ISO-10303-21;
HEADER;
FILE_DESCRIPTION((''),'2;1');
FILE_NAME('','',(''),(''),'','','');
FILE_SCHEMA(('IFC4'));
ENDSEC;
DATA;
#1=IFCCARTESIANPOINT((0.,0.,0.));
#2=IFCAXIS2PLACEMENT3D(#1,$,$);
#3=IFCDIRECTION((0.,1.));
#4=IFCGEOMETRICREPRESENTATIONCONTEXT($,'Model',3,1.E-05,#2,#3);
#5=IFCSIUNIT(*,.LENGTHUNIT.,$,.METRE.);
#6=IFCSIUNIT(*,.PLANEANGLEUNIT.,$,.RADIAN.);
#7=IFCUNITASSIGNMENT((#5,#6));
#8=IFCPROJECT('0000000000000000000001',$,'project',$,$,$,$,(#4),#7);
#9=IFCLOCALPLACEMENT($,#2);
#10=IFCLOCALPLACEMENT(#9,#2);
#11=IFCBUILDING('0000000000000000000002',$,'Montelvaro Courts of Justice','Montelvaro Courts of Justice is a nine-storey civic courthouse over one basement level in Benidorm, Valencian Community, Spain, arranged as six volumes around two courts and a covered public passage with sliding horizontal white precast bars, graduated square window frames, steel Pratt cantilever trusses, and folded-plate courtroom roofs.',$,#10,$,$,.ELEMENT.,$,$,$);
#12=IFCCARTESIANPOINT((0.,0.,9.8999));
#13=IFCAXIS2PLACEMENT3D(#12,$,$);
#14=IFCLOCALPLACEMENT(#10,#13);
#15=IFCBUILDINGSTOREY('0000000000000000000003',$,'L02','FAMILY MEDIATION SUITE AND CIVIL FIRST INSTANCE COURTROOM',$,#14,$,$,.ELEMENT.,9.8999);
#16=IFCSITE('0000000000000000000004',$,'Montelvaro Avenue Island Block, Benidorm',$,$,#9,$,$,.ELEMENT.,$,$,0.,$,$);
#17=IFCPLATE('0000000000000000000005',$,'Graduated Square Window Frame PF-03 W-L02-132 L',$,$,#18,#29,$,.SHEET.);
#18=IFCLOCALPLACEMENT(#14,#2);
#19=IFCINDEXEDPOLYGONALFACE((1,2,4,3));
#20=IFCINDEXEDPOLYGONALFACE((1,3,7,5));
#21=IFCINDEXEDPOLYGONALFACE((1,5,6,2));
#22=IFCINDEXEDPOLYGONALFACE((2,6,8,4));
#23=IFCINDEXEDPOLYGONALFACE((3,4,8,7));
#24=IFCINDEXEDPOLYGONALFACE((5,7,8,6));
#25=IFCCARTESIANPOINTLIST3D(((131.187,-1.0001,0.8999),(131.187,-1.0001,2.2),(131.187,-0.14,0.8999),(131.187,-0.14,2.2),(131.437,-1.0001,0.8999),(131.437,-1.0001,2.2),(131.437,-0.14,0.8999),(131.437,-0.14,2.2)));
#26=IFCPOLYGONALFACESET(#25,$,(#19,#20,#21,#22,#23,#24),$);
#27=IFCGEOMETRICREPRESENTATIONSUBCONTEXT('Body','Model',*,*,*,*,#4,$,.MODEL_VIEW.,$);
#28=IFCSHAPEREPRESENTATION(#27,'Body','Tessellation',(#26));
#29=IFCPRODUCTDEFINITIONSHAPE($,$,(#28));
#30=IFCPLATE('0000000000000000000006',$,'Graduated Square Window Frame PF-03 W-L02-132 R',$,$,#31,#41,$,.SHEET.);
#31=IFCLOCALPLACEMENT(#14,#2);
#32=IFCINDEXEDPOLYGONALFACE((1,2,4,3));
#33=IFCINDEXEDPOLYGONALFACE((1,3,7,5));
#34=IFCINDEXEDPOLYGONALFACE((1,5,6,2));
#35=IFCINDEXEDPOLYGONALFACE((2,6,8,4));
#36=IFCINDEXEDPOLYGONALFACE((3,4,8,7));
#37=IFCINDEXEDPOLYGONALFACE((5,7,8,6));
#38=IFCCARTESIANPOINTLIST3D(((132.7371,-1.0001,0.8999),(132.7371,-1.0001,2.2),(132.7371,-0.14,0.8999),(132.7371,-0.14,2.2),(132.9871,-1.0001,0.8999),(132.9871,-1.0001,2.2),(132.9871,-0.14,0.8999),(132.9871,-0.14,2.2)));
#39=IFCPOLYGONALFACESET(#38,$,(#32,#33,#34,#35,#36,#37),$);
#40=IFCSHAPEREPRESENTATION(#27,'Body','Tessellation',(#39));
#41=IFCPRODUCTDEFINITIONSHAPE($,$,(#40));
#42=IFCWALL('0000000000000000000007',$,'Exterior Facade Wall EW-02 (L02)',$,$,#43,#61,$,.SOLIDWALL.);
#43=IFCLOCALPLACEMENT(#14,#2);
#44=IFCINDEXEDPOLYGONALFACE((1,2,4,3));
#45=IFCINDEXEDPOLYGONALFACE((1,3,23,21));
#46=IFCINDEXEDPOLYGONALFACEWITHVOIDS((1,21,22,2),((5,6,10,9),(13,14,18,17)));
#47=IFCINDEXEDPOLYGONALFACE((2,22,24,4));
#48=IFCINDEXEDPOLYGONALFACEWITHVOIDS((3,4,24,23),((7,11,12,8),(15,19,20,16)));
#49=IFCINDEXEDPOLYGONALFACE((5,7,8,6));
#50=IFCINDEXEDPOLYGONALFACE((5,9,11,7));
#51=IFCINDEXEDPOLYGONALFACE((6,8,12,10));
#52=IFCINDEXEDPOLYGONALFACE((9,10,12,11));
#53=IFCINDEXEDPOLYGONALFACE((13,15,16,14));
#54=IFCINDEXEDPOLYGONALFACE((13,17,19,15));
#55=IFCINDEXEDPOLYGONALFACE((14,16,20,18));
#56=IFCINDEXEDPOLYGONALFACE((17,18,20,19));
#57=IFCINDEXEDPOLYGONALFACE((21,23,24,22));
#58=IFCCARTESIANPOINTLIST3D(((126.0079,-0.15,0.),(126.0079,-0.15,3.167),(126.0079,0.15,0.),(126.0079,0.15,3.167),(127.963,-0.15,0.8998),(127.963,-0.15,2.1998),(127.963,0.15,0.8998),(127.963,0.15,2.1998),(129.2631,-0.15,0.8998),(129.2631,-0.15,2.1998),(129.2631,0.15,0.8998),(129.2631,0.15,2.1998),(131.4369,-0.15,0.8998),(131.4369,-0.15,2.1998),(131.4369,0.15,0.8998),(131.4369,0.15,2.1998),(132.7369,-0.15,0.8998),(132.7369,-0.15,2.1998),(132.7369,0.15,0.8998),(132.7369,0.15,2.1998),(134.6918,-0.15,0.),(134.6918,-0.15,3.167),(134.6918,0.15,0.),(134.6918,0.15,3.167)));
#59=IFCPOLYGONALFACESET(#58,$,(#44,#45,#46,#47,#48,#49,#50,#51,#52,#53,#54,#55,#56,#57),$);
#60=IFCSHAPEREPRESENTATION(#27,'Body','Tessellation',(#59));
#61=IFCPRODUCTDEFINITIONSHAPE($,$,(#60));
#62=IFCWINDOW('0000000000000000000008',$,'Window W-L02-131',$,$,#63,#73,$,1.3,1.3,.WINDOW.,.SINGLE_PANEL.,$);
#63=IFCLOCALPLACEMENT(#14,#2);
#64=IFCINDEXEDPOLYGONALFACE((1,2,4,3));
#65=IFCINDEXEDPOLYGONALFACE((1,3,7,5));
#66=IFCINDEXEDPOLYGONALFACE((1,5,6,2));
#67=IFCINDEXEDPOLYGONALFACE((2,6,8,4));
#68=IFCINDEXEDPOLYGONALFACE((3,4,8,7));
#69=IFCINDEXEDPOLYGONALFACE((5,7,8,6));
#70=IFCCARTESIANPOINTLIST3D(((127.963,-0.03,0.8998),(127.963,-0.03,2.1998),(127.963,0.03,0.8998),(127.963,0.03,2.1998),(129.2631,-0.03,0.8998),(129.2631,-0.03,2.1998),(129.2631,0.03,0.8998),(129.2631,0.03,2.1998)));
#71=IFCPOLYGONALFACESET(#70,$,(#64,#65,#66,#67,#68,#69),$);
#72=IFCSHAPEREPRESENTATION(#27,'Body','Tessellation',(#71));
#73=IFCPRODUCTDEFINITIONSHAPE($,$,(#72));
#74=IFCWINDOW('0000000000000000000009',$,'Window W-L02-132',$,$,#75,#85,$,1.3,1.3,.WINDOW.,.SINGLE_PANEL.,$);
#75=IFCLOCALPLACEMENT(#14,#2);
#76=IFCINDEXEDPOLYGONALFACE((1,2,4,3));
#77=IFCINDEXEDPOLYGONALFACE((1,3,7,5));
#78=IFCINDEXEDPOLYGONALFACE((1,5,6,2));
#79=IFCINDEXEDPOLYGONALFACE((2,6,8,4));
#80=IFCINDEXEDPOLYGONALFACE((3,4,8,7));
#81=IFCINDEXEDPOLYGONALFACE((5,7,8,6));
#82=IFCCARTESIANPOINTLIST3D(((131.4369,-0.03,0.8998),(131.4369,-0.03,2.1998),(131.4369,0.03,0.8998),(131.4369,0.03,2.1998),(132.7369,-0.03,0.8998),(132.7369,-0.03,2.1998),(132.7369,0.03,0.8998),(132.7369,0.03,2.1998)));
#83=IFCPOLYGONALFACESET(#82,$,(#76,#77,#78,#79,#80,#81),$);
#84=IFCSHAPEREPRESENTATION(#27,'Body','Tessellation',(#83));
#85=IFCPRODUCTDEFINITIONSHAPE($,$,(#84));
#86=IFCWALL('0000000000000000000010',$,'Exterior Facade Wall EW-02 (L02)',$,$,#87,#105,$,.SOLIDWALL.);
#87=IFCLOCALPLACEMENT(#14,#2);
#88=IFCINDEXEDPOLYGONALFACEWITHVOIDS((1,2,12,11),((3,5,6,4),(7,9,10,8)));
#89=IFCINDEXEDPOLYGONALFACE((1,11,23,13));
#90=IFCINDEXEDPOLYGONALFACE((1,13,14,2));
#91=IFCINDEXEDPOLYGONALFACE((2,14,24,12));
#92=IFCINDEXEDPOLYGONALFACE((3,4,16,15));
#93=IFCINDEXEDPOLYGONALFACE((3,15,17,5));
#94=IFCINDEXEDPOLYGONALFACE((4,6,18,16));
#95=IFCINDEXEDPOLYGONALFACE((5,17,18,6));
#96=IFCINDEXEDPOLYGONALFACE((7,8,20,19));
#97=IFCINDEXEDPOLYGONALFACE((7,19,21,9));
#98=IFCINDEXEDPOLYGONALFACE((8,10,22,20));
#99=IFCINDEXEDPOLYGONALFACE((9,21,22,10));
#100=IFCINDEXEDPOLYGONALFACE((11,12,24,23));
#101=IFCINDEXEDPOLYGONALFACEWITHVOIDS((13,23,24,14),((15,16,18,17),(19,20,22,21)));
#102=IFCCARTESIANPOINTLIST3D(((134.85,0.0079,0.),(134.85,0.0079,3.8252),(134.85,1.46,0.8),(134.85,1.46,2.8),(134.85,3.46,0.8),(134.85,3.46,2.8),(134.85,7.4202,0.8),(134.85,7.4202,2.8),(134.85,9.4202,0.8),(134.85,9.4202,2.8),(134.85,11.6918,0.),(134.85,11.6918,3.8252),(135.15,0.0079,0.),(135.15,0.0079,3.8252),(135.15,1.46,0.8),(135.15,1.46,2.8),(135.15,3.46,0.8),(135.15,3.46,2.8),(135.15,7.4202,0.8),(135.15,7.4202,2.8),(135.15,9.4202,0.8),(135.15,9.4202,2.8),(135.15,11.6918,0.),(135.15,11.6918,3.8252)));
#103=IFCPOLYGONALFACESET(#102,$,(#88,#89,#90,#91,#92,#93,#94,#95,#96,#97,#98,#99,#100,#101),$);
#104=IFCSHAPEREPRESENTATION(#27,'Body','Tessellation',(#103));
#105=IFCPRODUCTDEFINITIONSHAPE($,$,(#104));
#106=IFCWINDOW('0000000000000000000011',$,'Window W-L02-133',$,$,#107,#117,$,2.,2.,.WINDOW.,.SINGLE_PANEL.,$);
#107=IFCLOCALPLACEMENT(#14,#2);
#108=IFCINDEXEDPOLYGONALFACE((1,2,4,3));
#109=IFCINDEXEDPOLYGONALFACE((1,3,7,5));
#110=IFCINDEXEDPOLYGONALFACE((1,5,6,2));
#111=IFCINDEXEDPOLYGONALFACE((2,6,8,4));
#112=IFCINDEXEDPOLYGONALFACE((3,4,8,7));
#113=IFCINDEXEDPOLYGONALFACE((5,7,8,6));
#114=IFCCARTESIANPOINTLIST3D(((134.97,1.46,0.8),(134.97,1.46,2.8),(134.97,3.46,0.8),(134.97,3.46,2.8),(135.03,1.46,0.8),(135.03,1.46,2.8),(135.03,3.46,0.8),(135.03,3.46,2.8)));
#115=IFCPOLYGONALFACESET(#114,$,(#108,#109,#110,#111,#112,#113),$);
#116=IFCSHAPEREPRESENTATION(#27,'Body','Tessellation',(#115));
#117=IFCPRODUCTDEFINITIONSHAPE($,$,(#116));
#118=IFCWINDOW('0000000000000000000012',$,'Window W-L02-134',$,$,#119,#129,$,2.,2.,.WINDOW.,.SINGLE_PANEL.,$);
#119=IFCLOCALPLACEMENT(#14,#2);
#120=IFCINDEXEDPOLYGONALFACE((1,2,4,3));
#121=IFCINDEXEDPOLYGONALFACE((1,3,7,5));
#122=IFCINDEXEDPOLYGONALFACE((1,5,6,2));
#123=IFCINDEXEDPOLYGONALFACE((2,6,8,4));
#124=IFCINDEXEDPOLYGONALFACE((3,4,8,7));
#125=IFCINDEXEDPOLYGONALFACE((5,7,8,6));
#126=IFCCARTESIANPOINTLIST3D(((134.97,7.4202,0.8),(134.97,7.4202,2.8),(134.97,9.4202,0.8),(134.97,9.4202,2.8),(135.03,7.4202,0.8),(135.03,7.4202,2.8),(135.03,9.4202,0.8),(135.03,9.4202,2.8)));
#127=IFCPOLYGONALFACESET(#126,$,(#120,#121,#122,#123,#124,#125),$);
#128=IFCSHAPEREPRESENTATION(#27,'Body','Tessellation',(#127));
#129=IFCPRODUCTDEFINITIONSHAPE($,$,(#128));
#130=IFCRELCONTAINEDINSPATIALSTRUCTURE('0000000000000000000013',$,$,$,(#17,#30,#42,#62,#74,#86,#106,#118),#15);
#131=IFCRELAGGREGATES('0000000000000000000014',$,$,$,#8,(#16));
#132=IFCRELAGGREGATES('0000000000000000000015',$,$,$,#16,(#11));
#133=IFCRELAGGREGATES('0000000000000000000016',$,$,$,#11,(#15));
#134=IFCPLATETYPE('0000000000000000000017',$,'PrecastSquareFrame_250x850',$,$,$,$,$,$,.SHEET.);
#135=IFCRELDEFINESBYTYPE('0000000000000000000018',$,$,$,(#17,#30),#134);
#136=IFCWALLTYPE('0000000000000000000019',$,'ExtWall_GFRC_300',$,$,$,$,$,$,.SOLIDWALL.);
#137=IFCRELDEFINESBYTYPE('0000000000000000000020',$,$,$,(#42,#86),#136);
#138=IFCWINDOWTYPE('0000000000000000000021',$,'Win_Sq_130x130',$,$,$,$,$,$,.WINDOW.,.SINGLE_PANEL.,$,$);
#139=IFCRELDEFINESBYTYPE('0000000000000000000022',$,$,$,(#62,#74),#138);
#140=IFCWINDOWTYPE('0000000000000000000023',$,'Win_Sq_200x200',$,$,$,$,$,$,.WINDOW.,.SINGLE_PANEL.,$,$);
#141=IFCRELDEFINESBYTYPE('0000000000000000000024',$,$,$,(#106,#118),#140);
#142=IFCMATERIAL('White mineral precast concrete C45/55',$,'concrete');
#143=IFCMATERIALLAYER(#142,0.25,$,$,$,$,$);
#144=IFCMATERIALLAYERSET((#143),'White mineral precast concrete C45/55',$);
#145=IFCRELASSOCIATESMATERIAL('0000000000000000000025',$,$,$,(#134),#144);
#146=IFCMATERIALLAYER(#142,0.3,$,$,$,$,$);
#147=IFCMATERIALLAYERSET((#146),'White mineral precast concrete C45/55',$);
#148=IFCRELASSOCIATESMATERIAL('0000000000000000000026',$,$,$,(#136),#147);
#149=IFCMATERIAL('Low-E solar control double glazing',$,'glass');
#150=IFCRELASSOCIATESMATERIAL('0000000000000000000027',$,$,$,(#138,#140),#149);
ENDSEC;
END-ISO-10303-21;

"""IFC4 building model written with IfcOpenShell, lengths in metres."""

from ifc_helpers import new_model, si_unit, direction, frame, frame_2d, origin, origin_2d, place, context, subcontext, project, spatial, rectangle, extrude, material, layer, layer_set, type_object, element, fill, save


model = new_model("IFC4")

# Units and contexts
model_context = context("Model", 3, precision=1e-05, world=origin(), true_north=direction((0.0, 1.0)))
body_context = subcontext(model_context, "Body", "Model", "MODEL_VIEW")
ifc_project = project(units=[si_unit("LENGTHUNIT", "METRE"), si_unit("PLANEANGLEUNIT", "RADIAN")], contexts=[model_context])

# Site, building, storey
site_placement = place(None, origin())
site = spatial("IfcSite", under=ifc_project, at=site_placement, Name="Montelvaro Avenue Island Block, Benidorm", CompositionType="ELEMENT", RefElevation=0.0)
building_placement = place(site_placement, origin())
building = spatial("IfcBuilding", under=site, at=building_placement, Name="Montelvaro Courts of Justice", Description="Montelvaro Courts of Justice is a nine-storey civic courthouse over one basement level in Benidorm, Valencian Community, Spain, arranged as six volumes around two courts and a covered public passage with sliding horizontal white precast bars, graduated square window frames, steel Pratt cantilever trusses, and folded-plate courtroom roofs.", CompositionType="ELEMENT")
storey_placement = place(building_placement, frame((0.0, 0.0, 9.8999)))
storey = spatial("IfcBuildingStorey", under=building, at=storey_placement, Name="L02", Description="FAMILY MEDIATION SUITE AND CIVIL FIRST INSTANCE COURTROOM", CompositionType="ELEMENT", Elevation=9.8999)

# Plates
ifc_material_1 = material(Name="White mineral precast concrete C45/55", Category="concrete")
ifc_layer_1 = layer(ifc_material_1, 0.25)
ifc_layer_set_1 = layer_set([ifc_layer_1], Name="White mineral precast concrete C45/55")
plate_type = type_object("IfcPlateType", Name="PrecastSquareFrame_250x850", PredefinedType="SHEET", material=ifc_layer_set_1)
for number, where, z_axis, x_axis, name in (
    (1, (131.312, -0.5701, 0.8999), (0.0, 0.0, 1.0), (1.0, 0.0, 0.0), "Graduated Square Window Frame PF-03 W-L02-132 L"),
    (2, (132.8621, -0.5701, 0.8999), (0.0, 0.0, 1.0), (1.0, 0.0, 0.0), "Graduated Square Window Frame PF-03 W-L02-132 R"),
):
    element("IfcPlate", number, at=place(storey_placement, frame(where, z_axis=z_axis, x_axis=x_axis)), inside=storey, type_object=plate_type, Name=name, PredefinedType="SHEET", context=body_context, shape_type="SweptSolid", body=[
        extrude(rectangle(XDim=0.25, YDim=0.8601, at=origin_2d()), origin(), (0.0, 0.0, 1.0), 1.3),
    ])

# Walls, openings, windows
ifc_layer_2 = layer(ifc_material_1, 0.3)
ifc_layer_set_2 = layer_set([ifc_layer_2], Name="White mineral precast concrete C45/55")
wall_type = type_object("IfcWallType", Name="ExtWall_GFRC_300", PredefinedType="SOLIDWALL", material=ifc_layer_set_2)
wall_1_placement = place(storey_placement, frame((126.0081, 0.0, 0.0), z_axis=(0.0, 0.0, 1.0), x_axis=(1.0, 0.0, 0.0)))
wall_1 = element("IfcWall", 3, at=wall_1_placement, inside=storey, type_object=wall_type, Name="Exterior Facade Wall EW-02 (L02)", PredefinedType="SOLIDWALL", context=body_context, shape_type="SweptSolid", body=[
    extrude(rectangle(XDim=8.6838, YDim=0.3, at=frame_2d((4.3418, 0.0))), origin(), (0.0, 0.0, 1.0), 3.167),
])
opening_1_placement = place(wall_1_placement, frame((1.9551, 0.0, 0.8999)))
opening_1 = element("IfcOpeningElement", 4, at=opening_1_placement, cuts=wall_1, PredefinedType="OPENING", context=body_context, shape_type="SweptSolid", body=[
    extrude(rectangle(XDim=1.3, YDim=1.3, at=frame_2d((0.6499, 0.6499))), frame((0.0, 0.165, 0.0), z_axis=(0.0, -1.0, 0.0), x_axis=(1.0, 0.0, 0.0)), (0.0, 0.0, 1.0), 0.3298),
])
opening_2_placement = place(wall_1_placement, frame((5.429, 0.0, 0.8999)))
opening_2 = element("IfcOpeningElement", 5, at=opening_2_placement, cuts=wall_1, PredefinedType="OPENING", context=body_context, shape_type="SweptSolid", body=[
    extrude(rectangle(XDim=1.3, YDim=1.3, at=frame_2d((0.6499, 0.6499))), frame((0.0, 0.165, 0.0), z_axis=(0.0, -1.0, 0.0), x_axis=(1.0, 0.0, 0.0)), (0.0, 0.0, 1.0), 0.3298),
])
ifc_material_2 = material(Name="Low-E solar control double glazing", Category="glass")
window_type_1 = type_object("IfcWindowType", Name="Win_Sq_130x130", PartitioningType="SINGLE_PANEL", PredefinedType="WINDOW", material=ifc_material_2)
window_1_placement = place(opening_1_placement, origin())
window_1 = element("IfcWindow", 6, at=window_1_placement, inside=storey, type_object=window_type_1, Name="Window W-L02-131", OverallHeight=1.3, OverallWidth=1.3, PartitioningType="SINGLE_PANEL", PredefinedType="WINDOW", context=body_context, shape_type="SweptSolid", body=[
    extrude(rectangle(XDim=1.3, YDim=1.3, at=frame_2d((0.6499, 0.6499))), frame((0.0, 0.03, 0.0), z_axis=(0.0, -1.0, 0.0), x_axis=(1.0, 0.0, 0.0)), (0.0, 0.0, 1.0), 0.0601),
])
fill(opening_1, window_1)
window_2_placement = place(opening_2_placement, origin())
window_2 = element("IfcWindow", 7, at=window_2_placement, inside=storey, type_object=window_type_1, Name="Window W-L02-132", OverallHeight=1.3, OverallWidth=1.3, PartitioningType="SINGLE_PANEL", PredefinedType="WINDOW", context=body_context, shape_type="SweptSolid", body=[
    extrude(rectangle(XDim=1.3, YDim=1.3, at=frame_2d((0.6499, 0.6499))), frame((0.0, 0.03, 0.0), z_axis=(0.0, -1.0, 0.0), x_axis=(1.0, 0.0, 0.0)), (0.0, 0.0, 1.0), 0.0601),
])
fill(opening_2, window_2)
wall_2_placement = place(storey_placement, frame((135.0, 0.0081, 0.0), z_axis=(0.0, 0.0, 1.0), x_axis=(0.0, 1.0, 0.0)))
wall_2 = element("IfcWall", 8, at=wall_2_placement, inside=storey, type_object=wall_type, Name="Exterior Facade Wall EW-02 (L02)", PredefinedType="SOLIDWALL", context=body_context, shape_type="SweptSolid", body=[
    extrude(rectangle(XDim=11.6838, YDim=0.3, at=frame_2d((5.8418, 0.0))), origin(), (0.0, 0.0, 1.0), 3.8252),
])
opening_3_placement = place(wall_2_placement, frame((1.4519, 0.0, 0.8)))
opening_3 = element("IfcOpeningElement", 9, at=opening_3_placement, cuts=wall_2, PredefinedType="OPENING", context=body_context, shape_type="SweptSolid", body=[
    extrude(rectangle(XDim=2.0, YDim=2.0, at=frame_2d((1.0, 1.0))), frame((0.0, 0.165, 0.0), z_axis=(0.0, -1.0, 0.0), x_axis=(1.0, 0.0, 0.0)), (0.0, 0.0, 1.0), 0.3298),
])
opening_4_placement = place(wall_2_placement, frame((7.4121, 0.0, 0.8)))
opening_4 = element("IfcOpeningElement", 10, at=opening_4_placement, cuts=wall_2, PredefinedType="OPENING", context=body_context, shape_type="SweptSolid", body=[
    extrude(rectangle(XDim=2.0, YDim=2.0, at=frame_2d((1.0, 1.0))), frame((0.0, 0.165, 0.0), z_axis=(0.0, -1.0, 0.0), x_axis=(1.0, 0.0, 0.0)), (0.0, 0.0, 1.0), 0.3298),
])
window_type_2 = type_object("IfcWindowType", Name="Win_Sq_200x200", PartitioningType="SINGLE_PANEL", PredefinedType="WINDOW", material=ifc_material_2)
window_3_placement = place(opening_3_placement, origin())
window_3 = element("IfcWindow", 11, at=window_3_placement, inside=storey, type_object=window_type_2, Name="Window W-L02-133", OverallHeight=2.0, OverallWidth=2.0, PartitioningType="SINGLE_PANEL", PredefinedType="WINDOW", context=body_context, shape_type="SweptSolid", body=[
    extrude(rectangle(XDim=2.0, YDim=2.0, at=frame_2d((1.0, 1.0))), frame((0.0, 0.03, 0.0), z_axis=(0.0, -1.0, 0.0), x_axis=(1.0, 0.0, 0.0)), (0.0, 0.0, 1.0), 0.0601),
])
fill(opening_3, window_3)
window_4_placement = place(opening_4_placement, origin())
window_4 = element("IfcWindow", 12, at=window_4_placement, inside=storey, type_object=window_type_2, Name="Window W-L02-134", OverallHeight=2.0, OverallWidth=2.0, PartitioningType="SINGLE_PANEL", PredefinedType="WINDOW", context=body_context, shape_type="SweptSolid", body=[
    extrude(rectangle(XDim=2.0, YDim=2.0, at=frame_2d((1.0, 1.0))), frame((0.0, 0.03, 0.0), z_axis=(0.0, -1.0, 0.0), x_axis=(1.0, 0.0, 0.0)), (0.0, 0.0, 1.0), 0.0601),
])
fill(opening_4, window_4)

save(model, "model.ifc")
